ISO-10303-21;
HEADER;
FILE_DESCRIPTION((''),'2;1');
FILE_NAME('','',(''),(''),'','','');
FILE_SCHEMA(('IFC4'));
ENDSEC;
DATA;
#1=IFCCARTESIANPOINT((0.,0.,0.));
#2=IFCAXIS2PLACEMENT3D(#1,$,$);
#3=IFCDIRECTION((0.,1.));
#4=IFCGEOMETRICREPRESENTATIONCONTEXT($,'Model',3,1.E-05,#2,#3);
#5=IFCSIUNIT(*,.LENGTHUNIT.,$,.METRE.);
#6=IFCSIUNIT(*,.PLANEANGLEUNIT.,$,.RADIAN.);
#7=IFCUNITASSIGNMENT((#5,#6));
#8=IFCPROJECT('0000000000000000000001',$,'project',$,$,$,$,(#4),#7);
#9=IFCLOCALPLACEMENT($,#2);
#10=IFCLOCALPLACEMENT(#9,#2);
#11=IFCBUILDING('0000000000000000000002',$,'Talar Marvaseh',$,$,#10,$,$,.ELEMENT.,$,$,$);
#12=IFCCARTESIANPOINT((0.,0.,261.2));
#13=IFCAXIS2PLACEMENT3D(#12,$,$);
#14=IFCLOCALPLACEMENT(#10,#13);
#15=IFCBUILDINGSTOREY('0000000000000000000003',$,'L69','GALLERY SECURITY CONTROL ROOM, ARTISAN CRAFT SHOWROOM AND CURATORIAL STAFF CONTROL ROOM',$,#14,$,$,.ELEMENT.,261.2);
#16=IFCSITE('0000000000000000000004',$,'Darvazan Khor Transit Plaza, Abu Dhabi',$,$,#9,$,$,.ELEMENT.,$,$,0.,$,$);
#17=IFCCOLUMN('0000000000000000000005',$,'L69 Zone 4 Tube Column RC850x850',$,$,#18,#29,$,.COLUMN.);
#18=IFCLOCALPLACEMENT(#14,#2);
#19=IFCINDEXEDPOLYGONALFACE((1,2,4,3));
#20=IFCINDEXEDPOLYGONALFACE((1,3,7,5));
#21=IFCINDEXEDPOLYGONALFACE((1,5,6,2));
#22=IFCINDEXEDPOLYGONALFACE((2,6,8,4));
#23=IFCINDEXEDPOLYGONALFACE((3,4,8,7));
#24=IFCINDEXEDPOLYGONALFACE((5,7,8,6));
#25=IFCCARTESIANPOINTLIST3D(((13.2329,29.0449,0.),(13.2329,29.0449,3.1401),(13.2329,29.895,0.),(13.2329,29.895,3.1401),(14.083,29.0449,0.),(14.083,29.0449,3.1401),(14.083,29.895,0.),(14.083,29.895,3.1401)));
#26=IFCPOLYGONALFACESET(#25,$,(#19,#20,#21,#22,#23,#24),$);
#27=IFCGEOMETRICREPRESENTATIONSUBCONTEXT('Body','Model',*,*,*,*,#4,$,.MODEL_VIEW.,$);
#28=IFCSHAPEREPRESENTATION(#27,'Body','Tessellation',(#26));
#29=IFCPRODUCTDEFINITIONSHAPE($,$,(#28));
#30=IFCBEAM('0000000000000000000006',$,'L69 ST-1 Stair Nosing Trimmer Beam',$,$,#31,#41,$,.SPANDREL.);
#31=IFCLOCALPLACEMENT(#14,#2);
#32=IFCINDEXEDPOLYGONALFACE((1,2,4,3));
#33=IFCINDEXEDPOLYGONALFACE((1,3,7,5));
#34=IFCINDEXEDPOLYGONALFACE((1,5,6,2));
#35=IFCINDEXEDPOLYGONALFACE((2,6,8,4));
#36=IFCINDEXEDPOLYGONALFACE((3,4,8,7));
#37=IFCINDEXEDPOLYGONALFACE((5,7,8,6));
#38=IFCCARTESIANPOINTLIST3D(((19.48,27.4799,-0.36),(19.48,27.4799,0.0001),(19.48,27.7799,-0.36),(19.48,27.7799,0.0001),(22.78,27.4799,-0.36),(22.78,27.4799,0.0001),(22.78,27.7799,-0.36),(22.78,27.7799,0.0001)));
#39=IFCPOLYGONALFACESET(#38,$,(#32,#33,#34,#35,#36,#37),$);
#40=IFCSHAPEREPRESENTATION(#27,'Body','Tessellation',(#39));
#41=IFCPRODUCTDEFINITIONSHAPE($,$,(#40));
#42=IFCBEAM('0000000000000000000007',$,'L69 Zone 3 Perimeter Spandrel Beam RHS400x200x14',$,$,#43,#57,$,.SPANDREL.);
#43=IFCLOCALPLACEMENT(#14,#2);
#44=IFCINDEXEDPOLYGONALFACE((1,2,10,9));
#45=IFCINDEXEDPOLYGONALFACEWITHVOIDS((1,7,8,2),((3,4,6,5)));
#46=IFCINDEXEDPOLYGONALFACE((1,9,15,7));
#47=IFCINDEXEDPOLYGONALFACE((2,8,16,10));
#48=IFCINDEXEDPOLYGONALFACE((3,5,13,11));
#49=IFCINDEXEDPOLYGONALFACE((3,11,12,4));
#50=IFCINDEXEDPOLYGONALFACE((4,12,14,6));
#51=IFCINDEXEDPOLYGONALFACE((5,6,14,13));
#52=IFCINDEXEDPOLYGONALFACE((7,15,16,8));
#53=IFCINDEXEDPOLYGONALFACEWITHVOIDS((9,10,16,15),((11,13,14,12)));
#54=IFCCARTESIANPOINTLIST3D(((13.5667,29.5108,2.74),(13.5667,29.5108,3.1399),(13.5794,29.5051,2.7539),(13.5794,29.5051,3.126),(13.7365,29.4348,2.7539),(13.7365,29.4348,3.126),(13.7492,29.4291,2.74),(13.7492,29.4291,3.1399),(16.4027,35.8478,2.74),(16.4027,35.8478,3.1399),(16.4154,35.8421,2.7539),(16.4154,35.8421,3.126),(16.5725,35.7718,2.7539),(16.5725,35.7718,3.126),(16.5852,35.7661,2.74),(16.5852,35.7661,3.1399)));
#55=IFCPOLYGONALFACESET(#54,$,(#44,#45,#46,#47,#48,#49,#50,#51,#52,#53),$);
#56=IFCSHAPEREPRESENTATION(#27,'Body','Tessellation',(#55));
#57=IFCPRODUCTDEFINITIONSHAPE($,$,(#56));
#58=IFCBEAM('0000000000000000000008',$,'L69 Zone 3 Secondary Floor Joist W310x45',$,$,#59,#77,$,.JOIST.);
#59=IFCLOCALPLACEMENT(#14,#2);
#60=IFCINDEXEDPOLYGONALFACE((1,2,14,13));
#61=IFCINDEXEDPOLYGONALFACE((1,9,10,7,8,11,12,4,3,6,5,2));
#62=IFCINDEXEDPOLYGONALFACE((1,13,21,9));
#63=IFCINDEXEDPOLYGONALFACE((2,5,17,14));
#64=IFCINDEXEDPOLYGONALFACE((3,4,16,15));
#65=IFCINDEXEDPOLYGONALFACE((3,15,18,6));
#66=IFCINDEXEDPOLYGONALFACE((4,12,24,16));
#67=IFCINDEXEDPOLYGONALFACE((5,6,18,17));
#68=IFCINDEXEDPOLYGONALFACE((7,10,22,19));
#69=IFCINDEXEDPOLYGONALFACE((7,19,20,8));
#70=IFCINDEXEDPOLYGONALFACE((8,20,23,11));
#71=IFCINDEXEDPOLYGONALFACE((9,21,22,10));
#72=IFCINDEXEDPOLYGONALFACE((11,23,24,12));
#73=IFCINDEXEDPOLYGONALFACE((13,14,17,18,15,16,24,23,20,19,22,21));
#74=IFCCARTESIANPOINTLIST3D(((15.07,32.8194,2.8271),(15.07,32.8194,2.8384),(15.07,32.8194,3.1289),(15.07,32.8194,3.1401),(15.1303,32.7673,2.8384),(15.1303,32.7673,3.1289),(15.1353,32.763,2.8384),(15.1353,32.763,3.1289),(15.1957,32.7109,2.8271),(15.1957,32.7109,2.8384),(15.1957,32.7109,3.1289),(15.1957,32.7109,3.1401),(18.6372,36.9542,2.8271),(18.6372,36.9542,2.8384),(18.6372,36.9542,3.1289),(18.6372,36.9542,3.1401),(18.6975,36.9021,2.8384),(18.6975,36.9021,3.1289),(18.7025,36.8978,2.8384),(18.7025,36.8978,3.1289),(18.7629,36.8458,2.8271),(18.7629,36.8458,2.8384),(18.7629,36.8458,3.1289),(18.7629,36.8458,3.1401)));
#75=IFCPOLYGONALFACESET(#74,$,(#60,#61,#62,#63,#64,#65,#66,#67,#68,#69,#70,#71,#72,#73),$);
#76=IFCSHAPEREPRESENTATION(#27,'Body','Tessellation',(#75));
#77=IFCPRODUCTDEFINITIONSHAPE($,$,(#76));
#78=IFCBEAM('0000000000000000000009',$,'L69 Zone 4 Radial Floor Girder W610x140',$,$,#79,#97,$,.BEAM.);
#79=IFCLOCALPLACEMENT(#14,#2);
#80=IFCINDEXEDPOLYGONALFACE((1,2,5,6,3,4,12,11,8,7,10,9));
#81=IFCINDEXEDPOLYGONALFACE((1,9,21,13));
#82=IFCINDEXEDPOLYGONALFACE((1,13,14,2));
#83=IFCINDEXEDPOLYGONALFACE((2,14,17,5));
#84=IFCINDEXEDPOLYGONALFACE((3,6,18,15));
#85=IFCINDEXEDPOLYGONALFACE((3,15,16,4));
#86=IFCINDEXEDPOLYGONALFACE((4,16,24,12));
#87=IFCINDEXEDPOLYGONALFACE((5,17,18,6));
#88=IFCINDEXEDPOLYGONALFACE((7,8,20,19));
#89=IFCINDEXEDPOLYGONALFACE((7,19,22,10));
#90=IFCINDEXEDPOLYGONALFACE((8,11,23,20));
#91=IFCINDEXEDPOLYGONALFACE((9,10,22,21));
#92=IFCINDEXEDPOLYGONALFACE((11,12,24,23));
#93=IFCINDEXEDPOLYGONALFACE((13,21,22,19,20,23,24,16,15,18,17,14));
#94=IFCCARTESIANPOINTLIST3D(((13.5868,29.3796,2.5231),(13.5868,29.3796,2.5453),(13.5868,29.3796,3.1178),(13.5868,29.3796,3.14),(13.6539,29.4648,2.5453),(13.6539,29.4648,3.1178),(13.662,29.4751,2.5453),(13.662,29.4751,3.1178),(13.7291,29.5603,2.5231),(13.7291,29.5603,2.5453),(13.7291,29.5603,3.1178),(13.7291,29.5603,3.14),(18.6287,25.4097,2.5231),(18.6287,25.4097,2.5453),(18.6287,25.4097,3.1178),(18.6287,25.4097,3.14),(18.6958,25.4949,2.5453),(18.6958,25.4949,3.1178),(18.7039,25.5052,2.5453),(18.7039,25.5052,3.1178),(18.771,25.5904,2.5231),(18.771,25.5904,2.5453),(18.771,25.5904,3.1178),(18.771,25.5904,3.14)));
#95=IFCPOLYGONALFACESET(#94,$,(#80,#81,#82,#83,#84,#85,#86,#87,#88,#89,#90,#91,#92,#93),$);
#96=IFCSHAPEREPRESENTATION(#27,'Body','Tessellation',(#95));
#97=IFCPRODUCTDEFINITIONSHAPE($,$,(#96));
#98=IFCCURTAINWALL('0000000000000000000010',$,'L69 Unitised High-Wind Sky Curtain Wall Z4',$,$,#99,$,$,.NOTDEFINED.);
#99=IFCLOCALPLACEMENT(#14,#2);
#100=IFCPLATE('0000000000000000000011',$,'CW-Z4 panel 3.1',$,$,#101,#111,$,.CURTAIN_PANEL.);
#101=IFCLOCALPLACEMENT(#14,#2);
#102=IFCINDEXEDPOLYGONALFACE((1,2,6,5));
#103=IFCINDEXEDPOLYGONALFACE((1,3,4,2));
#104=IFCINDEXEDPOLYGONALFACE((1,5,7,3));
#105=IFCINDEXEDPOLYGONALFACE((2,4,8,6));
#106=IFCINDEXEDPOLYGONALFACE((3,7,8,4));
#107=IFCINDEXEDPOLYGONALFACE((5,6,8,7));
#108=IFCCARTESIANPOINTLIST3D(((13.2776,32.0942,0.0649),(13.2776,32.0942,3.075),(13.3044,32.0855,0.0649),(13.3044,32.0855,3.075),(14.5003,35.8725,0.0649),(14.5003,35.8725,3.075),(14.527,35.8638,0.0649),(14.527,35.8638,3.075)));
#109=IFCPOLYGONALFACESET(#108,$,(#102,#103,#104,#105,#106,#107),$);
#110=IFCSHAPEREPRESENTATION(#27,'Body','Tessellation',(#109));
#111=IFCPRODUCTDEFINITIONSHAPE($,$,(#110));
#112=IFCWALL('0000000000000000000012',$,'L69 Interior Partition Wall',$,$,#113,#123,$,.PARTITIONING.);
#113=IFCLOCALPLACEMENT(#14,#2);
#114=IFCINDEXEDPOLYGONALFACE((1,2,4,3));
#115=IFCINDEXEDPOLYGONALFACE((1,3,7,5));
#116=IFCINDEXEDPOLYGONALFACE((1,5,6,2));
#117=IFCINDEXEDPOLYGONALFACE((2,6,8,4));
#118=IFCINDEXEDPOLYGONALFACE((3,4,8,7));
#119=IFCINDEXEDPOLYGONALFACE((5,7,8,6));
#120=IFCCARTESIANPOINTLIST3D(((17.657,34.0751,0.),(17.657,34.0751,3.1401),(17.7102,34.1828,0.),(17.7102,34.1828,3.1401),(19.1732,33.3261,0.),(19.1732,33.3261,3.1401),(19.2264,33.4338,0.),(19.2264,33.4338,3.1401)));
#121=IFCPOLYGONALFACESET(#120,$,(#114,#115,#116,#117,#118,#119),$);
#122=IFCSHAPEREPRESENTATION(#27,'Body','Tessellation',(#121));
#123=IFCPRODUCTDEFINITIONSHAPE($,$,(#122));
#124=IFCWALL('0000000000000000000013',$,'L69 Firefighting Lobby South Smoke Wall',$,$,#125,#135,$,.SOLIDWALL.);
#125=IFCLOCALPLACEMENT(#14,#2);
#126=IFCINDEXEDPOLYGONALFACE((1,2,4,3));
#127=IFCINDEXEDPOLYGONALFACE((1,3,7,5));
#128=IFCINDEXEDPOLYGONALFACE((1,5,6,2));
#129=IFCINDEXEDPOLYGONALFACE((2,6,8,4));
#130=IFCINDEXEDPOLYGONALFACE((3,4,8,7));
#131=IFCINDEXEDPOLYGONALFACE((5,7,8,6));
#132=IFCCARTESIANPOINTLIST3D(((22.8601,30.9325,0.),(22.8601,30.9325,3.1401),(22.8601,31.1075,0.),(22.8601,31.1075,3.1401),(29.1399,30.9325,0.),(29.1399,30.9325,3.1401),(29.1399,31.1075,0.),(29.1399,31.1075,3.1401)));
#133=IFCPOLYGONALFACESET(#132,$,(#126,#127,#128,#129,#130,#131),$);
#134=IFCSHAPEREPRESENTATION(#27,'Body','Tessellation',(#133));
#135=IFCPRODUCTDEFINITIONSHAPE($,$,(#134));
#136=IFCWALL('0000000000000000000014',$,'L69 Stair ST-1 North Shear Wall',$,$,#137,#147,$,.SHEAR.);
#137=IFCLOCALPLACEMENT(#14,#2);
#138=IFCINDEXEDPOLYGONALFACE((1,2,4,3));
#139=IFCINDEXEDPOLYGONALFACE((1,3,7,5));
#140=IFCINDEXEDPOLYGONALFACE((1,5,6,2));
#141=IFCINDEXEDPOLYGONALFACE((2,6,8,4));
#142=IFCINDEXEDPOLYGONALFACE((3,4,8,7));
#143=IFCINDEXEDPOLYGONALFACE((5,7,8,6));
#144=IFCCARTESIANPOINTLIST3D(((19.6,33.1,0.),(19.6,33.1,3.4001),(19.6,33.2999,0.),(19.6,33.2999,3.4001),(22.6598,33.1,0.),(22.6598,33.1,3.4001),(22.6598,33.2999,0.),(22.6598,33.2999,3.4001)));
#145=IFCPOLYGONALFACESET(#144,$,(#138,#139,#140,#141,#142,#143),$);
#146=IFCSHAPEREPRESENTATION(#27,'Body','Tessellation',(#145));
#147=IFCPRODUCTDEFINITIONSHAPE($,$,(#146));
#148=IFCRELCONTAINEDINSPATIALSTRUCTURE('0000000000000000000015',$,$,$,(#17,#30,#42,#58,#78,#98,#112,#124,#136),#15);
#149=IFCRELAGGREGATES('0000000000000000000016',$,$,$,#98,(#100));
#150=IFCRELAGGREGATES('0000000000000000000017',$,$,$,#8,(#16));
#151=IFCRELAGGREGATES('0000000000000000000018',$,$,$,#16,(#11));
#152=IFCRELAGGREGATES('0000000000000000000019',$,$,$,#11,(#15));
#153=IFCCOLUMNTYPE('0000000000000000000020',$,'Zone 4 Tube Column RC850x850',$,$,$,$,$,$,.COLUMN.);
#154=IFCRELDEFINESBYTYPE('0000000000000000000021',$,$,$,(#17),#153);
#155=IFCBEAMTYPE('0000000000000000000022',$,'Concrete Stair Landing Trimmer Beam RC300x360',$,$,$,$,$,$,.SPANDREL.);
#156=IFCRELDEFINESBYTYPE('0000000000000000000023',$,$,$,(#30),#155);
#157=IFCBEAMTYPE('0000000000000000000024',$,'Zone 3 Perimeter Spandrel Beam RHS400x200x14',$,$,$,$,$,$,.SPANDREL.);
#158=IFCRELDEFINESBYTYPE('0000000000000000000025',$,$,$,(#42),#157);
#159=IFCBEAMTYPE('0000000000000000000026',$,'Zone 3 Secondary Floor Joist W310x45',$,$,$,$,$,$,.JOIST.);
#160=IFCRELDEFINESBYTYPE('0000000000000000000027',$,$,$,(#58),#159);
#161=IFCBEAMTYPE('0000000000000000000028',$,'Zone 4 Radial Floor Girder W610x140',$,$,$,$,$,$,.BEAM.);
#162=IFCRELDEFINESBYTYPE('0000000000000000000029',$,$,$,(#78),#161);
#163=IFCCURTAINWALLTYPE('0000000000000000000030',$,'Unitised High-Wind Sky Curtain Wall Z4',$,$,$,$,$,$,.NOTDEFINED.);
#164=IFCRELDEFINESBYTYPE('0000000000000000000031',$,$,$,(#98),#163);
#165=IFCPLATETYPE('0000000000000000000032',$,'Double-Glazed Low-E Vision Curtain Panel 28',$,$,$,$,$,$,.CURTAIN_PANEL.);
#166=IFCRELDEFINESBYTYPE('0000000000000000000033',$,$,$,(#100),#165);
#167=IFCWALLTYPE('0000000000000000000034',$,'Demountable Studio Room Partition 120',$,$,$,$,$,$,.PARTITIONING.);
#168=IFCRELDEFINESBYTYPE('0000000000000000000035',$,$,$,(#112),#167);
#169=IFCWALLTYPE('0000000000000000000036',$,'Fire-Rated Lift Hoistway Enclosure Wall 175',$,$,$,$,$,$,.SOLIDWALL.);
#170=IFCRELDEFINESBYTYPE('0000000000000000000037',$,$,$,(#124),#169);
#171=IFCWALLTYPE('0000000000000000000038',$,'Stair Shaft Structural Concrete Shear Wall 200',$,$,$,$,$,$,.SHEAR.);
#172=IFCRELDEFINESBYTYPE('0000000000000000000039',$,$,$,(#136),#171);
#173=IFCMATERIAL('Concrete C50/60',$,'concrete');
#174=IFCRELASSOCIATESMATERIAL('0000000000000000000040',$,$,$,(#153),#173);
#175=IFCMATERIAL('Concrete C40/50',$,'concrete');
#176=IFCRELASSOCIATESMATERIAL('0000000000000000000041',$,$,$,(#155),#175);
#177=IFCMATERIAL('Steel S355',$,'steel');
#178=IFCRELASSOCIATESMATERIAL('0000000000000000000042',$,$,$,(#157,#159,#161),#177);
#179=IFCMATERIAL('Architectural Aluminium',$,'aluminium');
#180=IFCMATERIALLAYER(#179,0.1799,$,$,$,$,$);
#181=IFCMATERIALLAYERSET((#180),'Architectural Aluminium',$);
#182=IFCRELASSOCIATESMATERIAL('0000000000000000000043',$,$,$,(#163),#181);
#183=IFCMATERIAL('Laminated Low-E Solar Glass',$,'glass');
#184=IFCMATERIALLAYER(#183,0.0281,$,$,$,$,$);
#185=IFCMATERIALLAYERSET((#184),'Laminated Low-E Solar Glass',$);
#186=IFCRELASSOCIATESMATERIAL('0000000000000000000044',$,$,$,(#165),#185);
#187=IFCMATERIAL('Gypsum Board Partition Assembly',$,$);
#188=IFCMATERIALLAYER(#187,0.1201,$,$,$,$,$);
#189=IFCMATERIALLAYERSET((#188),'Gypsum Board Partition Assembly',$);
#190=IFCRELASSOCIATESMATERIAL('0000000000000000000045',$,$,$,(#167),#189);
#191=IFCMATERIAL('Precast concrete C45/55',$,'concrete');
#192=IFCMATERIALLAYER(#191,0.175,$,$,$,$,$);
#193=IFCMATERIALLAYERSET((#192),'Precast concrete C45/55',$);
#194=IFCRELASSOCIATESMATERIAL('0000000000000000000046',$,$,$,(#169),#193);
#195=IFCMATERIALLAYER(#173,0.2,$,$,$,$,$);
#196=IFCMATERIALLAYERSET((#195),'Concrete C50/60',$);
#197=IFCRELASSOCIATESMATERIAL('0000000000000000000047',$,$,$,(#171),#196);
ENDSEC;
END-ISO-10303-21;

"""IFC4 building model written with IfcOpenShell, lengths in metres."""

from ifc_helpers import new_model, si_unit, direction, frame, frame_2d, origin, origin_2d, place, context, subcontext, project, spatial, rectangle, hollow_rectangle, i_section, extrude, source, transform, mapped, material, layer, layer_set, material_profile, profile_set, type_object, type_shapes, element, aggregate, save


model = new_model("IFC4")

# Units and contexts
model_context = context("Model", 3, precision=1e-05, world=origin(), true_north=direction((0.0, 1.0)))
body_context = subcontext(model_context, "Body", "Model", "MODEL_VIEW")
ifc_project = project(units=[si_unit("LENGTHUNIT", "METRE"), si_unit("PLANEANGLEUNIT", "RADIAN")], contexts=[model_context])

# Site, building, storey
site_placement = place(None, origin())
site = spatial("IfcSite", under=ifc_project, at=site_placement, Name="Darvazan Khor Transit Plaza, Abu Dhabi", CompositionType="ELEMENT", RefElevation=0.0)
building_placement = place(site_placement, origin())
building = spatial("IfcBuilding", under=site, at=building_placement, Name="Talar Marvaseh", CompositionType="ELEMENT")
storey_placement = place(building_placement, frame((0.0, 0.0, 261.2)))
storey = spatial("IfcBuildingStorey", under=building, at=storey_placement, Name="L69", Description="GALLERY SECURITY CONTROL ROOM, ARTISAN CRAFT SHOWROOM AND CURATORIAL STAFF CONTROL ROOM", CompositionType="ELEMENT", Elevation=261.2)

# Column
ifc_material_1 = material(Name="Concrete C50/60", Category="concrete")
ifc_material_profile_1 = material_profile(ifc_material_1, rectangle(XDim=0.8501, YDim=0.8501, at=origin_2d()), Name="RC850x850")
ifc_profile_set_1 = profile_set([ifc_material_profile_1], Name="Concrete C50/60")
column_type = type_object("IfcColumnType", Name="Zone 4 Tube Column RC850x850", PredefinedType="COLUMN", material=ifc_profile_set_1)
column_placement = place(storey_placement, frame((13.658, 29.47, 0.0), z_axis=(0.0, 0.0, 1.0), x_axis=(1.0, 0.0, 0.0)))
element("IfcColumn", 1, at=column_placement, inside=storey, type_object=column_type, Name="L69 Zone 4 Tube Column RC850x850", PredefinedType="COLUMN", context=body_context, shape_type="SweptSolid", body=[
    extrude(rectangle(XDim=0.8501, YDim=0.8501, at=origin_2d()), origin(), (0.0, 0.0, 1.0), 3.1401),
])

# Beams
ifc_material_2 = material(Name="Concrete C40/50", Category="concrete")
ifc_material_profile_2 = material_profile(ifc_material_2, rectangle(XDim=0.3, YDim=0.3601, at=origin_2d()), Name="RC300x360")
ifc_profile_set_2 = profile_set([ifc_material_profile_2], Name="Concrete C40/50")
beam_type_1 = type_object("IfcBeamType", Name="Concrete Stair Landing Trimmer Beam RC300x360", PredefinedType="SPANDREL", material=ifc_profile_set_2)
beam_1_placement = place(storey_placement, frame((22.78, 27.6299, -0.1799), z_axis=(-1.0, 0.0, 0.0), x_axis=(0.0, -1.0, 0.0)))
element("IfcBeam", 2, at=beam_1_placement, inside=storey, type_object=beam_type_1, Name="L69 ST-1 Stair Nosing Trimmer Beam", PredefinedType="SPANDREL", context=body_context, shape_type="SweptSolid", body=[
    extrude(rectangle(XDim=0.3, YDim=0.3601, at=origin_2d()), origin(), (0.0, 0.0, 1.0), 3.3),
])
ifc_material_3 = material(Name="Steel S355", Category="steel")
ifc_material_profile_3 = material_profile(ifc_material_3, hollow_rectangle(XDim=0.2, YDim=0.3999, WallThickness=0.0139, at=origin_2d()), Name="RHS400x200x14")
ifc_profile_set_3 = profile_set([ifc_material_profile_3], Name="Steel S355")
beam_type_2 = type_object("IfcBeamType", Name="Zone 3 Perimeter Spandrel Beam RHS400x200x14", PredefinedType="SPANDREL", material=ifc_profile_set_3)
beam_2_placement = place(storey_placement, frame((13.658, 29.47, 2.9399), z_axis=(0.408486, 0.912764, 0.0), x_axis=(-0.912764, 0.408486, 0.0)))
element("IfcBeam", 3, at=beam_2_placement, inside=storey, type_object=beam_type_2, Name="L69 Zone 3 Perimeter Spandrel Beam RHS400x200x14", PredefinedType="SPANDREL", context=body_context, shape_type="SweptSolid", body=[
    extrude(hollow_rectangle(XDim=0.2, YDim=0.3999, WallThickness=0.0139, at=origin_2d()), origin(), (0.0, 0.0, 1.0), 6.9426),
])
ifc_material_profile_4 = material_profile(ifc_material_3, i_section(OverallWidth=0.166, OverallDepth=0.313, WebThickness=0.0066, FlangeThickness=0.0112, at=origin_2d()), Name="W310x45")
ifc_profile_set_4 = profile_set([ifc_material_profile_4], Name="Steel S355")
beam_type_3 = type_object("IfcBeamType", Name="Zone 3 Secondary Floor Joist W310x45", PredefinedType="JOIST", material=ifc_profile_set_4)
beam_3_placement = place(storey_placement, frame((15.1328, 32.7651, 2.9836), z_axis=(0.653222, 0.757167, 0.0), x_axis=(-0.757167, 0.653222, 0.0)))
element("IfcBeam", 4, at=beam_3_placement, inside=storey, type_object=beam_type_3, Name="L69 Zone 3 Secondary Floor Joist W310x45", PredefinedType="JOIST", context=body_context, shape_type="SweptSolid", body=[
    extrude(i_section(OverallWidth=0.166, OverallDepth=0.313, WebThickness=0.0066, FlangeThickness=0.0112, at=origin_2d()), origin(), (0.0, 0.0, 1.0), 5.4609),
])
ifc_material_profile_5 = material_profile(ifc_material_3, i_section(OverallWidth=0.23, OverallDepth=0.6169, WebThickness=0.0132, FlangeThickness=0.0222, at=origin_2d()), Name="W610x140")
ifc_profile_set_5 = profile_set([ifc_material_profile_5], Name="Steel S355")
beam_type_4 = type_object("IfcBeamType", Name="Zone 4 Radial Floor Girder W610x140", PredefinedType="BEAM", material=ifc_profile_set_5)
beam_4_placement = place(storey_placement, frame((13.658, 29.47, 2.8315), z_axis=(0.785682, -0.618631, 0.0), x_axis=(0.618631, 0.785682, 0.0)))
element("IfcBeam", 5, at=beam_4_placement, inside=storey, type_object=beam_type_4, Name="L69 Zone 4 Radial Floor Girder W610x140", PredefinedType="BEAM", context=body_context, shape_type="SweptSolid", body=[
    extrude(i_section(OverallWidth=0.23, OverallDepth=0.6169, WebThickness=0.0132, FlangeThickness=0.0222, at=origin_2d()), origin(), (0.0, 0.0, 1.0), 6.4172),
])

# Curtain wall, plate
ifc_material_4 = material(Name="Architectural Aluminium", Category="aluminium")
ifc_layer_1 = layer(ifc_material_4, 0.1799)
ifc_layer_set_1 = layer_set([ifc_layer_1], Name="Architectural Aluminium")
curtain_wall_type = type_object("IfcCurtainWallType", Name="Unitised High-Wind Sky Curtain Wall Z4", PredefinedType="NOTDEFINED", material=ifc_layer_set_1)
curtain_wall_placement = place(storey_placement, origin())
curtain_wall = element("IfcCurtainWall", 6, at=curtain_wall_placement, inside=storey, type_object=curtain_wall_type, Name="L69 Unitised High-Wind Sky Curtain Wall Z4", PredefinedType="NOTDEFINED")
ifc_material_5 = material(Name="Laminated Low-E Solar Glass", Category="glass")
ifc_layer_2 = layer(ifc_material_5, 0.0281)
ifc_layer_set_2 = layer_set([ifc_layer_2], Name="Laminated Low-E Solar Glass")
plate_type = type_object("IfcPlateType", Name="Double-Glazed Low-E Vision Curtain Panel 28", PredefinedType="CURTAIN_PANEL", material=ifc_layer_set_2)
shared_shape_1 = source(origin(), body_context, "Body", "SweptSolid", [
    extrude(rectangle(XDim=3.9712, YDim=0.0281, at=origin_2d()), origin(), (0.0, 0.0, 1.0), 3.01),
])
type_shapes(plate_type, [shared_shape_1])
plate_placement = place(storey_placement, frame((13.9023, 33.979, 0.0649), z_axis=(0.0, 0.0, 1.0), x_axis=(0.307889, 0.951422, 0.0)))
plate = element("IfcPlate", 7, at=plate_placement, type_object=plate_type, Name="CW-Z4 panel 3.1", PredefinedType="CURTAIN_PANEL", context=body_context, shape_type="MappedRepresentation", body=[
    mapped(shared_shape_1, transform((0.0, 0.0, 0.0), x_axis=(1.0, 0.0, 0.0), y_axis=(0.0, 1.0, 0.0), z_axis=(0.0, 0.0, 1.0), scale=1.0)),
])
aggregate(curtain_wall, [plate])

# Wall
ifc_material_6 = material(Name="Gypsum Board Partition Assembly")
ifc_layer_3 = layer(ifc_material_6, 0.1201)
ifc_layer_set_3 = layer_set([ifc_layer_3], Name="Gypsum Board Partition Assembly")
wall_type_1 = type_object("IfcWallType", Name="Demountable Studio Room Partition 120", PredefinedType="PARTITIONING", material=ifc_layer_set_3)
wall_1_placement = place(storey_placement, frame((19.2, 33.3799, 0.0), z_axis=(0.0, 0.0, 1.0), x_axis=(-0.896582, 0.442878, 0.0)))
element("IfcWall", 8, at=wall_1_placement, inside=storey, type_object=wall_type_1, Name="L69 Interior Partition Wall", PredefinedType="PARTITIONING", context=body_context, shape_type="SweptSolid", body=[
    extrude(rectangle(XDim=1.6912, YDim=0.1201, at=frame_2d((0.8457, 0.0))), origin(), (0.0, 0.0, 1.0), 3.1401),
])

# Shared definitions
ifc_material_7 = material(Name="Precast concrete C45/55", Category="concrete")
ifc_layer_4 = layer(ifc_material_7, 0.175)
ifc_layer_set_4 = layer_set([ifc_layer_4], Name="Precast concrete C45/55")
wall_type_2 = type_object("IfcWallType", Name="Fire-Rated Lift Hoistway Enclosure Wall 175", PredefinedType="SOLIDWALL", material=ifc_layer_set_4)

# Walls
wall_2_placement = place(storey_placement, frame((22.8601, 31.02, 0.0), z_axis=(0.0, 0.0, 1.0), x_axis=(1.0, 0.0, 0.0)))
element("IfcWall", 9, at=wall_2_placement, inside=storey, type_object=wall_type_2, Name="L69 Firefighting Lobby South Smoke Wall", PredefinedType="SOLIDWALL", context=body_context, shape_type="SweptSolid", body=[
    extrude(rectangle(XDim=6.2798, YDim=0.175, at=frame_2d((3.1399, 0.0))), origin(), (0.0, 0.0, 1.0), 3.1401),
])
ifc_layer_5 = layer(ifc_material_1, 0.2)
ifc_layer_set_5 = layer_set([ifc_layer_5], Name="Concrete C50/60")
wall_type_3 = type_object("IfcWallType", Name="Stair Shaft Structural Concrete Shear Wall 200", PredefinedType="SHEAR", material=ifc_layer_set_5)
wall_3_placement = place(storey_placement, frame((19.6001, 33.2, 0.0), z_axis=(0.0, 0.0, 1.0), x_axis=(1.0, 0.0, 0.0)))
element("IfcWall", 10, at=wall_3_placement, inside=storey, type_object=wall_type_3, Name="L69 Stair ST-1 North Shear Wall", PredefinedType="SHEAR", context=body_context, shape_type="SweptSolid", body=[
    extrude(rectangle(XDim=3.0598, YDim=0.2, at=frame_2d((1.5298, 0.0))), origin(), (0.0, 0.0, 1.0), 3.4001),
])

save(model, "model.ifc")
